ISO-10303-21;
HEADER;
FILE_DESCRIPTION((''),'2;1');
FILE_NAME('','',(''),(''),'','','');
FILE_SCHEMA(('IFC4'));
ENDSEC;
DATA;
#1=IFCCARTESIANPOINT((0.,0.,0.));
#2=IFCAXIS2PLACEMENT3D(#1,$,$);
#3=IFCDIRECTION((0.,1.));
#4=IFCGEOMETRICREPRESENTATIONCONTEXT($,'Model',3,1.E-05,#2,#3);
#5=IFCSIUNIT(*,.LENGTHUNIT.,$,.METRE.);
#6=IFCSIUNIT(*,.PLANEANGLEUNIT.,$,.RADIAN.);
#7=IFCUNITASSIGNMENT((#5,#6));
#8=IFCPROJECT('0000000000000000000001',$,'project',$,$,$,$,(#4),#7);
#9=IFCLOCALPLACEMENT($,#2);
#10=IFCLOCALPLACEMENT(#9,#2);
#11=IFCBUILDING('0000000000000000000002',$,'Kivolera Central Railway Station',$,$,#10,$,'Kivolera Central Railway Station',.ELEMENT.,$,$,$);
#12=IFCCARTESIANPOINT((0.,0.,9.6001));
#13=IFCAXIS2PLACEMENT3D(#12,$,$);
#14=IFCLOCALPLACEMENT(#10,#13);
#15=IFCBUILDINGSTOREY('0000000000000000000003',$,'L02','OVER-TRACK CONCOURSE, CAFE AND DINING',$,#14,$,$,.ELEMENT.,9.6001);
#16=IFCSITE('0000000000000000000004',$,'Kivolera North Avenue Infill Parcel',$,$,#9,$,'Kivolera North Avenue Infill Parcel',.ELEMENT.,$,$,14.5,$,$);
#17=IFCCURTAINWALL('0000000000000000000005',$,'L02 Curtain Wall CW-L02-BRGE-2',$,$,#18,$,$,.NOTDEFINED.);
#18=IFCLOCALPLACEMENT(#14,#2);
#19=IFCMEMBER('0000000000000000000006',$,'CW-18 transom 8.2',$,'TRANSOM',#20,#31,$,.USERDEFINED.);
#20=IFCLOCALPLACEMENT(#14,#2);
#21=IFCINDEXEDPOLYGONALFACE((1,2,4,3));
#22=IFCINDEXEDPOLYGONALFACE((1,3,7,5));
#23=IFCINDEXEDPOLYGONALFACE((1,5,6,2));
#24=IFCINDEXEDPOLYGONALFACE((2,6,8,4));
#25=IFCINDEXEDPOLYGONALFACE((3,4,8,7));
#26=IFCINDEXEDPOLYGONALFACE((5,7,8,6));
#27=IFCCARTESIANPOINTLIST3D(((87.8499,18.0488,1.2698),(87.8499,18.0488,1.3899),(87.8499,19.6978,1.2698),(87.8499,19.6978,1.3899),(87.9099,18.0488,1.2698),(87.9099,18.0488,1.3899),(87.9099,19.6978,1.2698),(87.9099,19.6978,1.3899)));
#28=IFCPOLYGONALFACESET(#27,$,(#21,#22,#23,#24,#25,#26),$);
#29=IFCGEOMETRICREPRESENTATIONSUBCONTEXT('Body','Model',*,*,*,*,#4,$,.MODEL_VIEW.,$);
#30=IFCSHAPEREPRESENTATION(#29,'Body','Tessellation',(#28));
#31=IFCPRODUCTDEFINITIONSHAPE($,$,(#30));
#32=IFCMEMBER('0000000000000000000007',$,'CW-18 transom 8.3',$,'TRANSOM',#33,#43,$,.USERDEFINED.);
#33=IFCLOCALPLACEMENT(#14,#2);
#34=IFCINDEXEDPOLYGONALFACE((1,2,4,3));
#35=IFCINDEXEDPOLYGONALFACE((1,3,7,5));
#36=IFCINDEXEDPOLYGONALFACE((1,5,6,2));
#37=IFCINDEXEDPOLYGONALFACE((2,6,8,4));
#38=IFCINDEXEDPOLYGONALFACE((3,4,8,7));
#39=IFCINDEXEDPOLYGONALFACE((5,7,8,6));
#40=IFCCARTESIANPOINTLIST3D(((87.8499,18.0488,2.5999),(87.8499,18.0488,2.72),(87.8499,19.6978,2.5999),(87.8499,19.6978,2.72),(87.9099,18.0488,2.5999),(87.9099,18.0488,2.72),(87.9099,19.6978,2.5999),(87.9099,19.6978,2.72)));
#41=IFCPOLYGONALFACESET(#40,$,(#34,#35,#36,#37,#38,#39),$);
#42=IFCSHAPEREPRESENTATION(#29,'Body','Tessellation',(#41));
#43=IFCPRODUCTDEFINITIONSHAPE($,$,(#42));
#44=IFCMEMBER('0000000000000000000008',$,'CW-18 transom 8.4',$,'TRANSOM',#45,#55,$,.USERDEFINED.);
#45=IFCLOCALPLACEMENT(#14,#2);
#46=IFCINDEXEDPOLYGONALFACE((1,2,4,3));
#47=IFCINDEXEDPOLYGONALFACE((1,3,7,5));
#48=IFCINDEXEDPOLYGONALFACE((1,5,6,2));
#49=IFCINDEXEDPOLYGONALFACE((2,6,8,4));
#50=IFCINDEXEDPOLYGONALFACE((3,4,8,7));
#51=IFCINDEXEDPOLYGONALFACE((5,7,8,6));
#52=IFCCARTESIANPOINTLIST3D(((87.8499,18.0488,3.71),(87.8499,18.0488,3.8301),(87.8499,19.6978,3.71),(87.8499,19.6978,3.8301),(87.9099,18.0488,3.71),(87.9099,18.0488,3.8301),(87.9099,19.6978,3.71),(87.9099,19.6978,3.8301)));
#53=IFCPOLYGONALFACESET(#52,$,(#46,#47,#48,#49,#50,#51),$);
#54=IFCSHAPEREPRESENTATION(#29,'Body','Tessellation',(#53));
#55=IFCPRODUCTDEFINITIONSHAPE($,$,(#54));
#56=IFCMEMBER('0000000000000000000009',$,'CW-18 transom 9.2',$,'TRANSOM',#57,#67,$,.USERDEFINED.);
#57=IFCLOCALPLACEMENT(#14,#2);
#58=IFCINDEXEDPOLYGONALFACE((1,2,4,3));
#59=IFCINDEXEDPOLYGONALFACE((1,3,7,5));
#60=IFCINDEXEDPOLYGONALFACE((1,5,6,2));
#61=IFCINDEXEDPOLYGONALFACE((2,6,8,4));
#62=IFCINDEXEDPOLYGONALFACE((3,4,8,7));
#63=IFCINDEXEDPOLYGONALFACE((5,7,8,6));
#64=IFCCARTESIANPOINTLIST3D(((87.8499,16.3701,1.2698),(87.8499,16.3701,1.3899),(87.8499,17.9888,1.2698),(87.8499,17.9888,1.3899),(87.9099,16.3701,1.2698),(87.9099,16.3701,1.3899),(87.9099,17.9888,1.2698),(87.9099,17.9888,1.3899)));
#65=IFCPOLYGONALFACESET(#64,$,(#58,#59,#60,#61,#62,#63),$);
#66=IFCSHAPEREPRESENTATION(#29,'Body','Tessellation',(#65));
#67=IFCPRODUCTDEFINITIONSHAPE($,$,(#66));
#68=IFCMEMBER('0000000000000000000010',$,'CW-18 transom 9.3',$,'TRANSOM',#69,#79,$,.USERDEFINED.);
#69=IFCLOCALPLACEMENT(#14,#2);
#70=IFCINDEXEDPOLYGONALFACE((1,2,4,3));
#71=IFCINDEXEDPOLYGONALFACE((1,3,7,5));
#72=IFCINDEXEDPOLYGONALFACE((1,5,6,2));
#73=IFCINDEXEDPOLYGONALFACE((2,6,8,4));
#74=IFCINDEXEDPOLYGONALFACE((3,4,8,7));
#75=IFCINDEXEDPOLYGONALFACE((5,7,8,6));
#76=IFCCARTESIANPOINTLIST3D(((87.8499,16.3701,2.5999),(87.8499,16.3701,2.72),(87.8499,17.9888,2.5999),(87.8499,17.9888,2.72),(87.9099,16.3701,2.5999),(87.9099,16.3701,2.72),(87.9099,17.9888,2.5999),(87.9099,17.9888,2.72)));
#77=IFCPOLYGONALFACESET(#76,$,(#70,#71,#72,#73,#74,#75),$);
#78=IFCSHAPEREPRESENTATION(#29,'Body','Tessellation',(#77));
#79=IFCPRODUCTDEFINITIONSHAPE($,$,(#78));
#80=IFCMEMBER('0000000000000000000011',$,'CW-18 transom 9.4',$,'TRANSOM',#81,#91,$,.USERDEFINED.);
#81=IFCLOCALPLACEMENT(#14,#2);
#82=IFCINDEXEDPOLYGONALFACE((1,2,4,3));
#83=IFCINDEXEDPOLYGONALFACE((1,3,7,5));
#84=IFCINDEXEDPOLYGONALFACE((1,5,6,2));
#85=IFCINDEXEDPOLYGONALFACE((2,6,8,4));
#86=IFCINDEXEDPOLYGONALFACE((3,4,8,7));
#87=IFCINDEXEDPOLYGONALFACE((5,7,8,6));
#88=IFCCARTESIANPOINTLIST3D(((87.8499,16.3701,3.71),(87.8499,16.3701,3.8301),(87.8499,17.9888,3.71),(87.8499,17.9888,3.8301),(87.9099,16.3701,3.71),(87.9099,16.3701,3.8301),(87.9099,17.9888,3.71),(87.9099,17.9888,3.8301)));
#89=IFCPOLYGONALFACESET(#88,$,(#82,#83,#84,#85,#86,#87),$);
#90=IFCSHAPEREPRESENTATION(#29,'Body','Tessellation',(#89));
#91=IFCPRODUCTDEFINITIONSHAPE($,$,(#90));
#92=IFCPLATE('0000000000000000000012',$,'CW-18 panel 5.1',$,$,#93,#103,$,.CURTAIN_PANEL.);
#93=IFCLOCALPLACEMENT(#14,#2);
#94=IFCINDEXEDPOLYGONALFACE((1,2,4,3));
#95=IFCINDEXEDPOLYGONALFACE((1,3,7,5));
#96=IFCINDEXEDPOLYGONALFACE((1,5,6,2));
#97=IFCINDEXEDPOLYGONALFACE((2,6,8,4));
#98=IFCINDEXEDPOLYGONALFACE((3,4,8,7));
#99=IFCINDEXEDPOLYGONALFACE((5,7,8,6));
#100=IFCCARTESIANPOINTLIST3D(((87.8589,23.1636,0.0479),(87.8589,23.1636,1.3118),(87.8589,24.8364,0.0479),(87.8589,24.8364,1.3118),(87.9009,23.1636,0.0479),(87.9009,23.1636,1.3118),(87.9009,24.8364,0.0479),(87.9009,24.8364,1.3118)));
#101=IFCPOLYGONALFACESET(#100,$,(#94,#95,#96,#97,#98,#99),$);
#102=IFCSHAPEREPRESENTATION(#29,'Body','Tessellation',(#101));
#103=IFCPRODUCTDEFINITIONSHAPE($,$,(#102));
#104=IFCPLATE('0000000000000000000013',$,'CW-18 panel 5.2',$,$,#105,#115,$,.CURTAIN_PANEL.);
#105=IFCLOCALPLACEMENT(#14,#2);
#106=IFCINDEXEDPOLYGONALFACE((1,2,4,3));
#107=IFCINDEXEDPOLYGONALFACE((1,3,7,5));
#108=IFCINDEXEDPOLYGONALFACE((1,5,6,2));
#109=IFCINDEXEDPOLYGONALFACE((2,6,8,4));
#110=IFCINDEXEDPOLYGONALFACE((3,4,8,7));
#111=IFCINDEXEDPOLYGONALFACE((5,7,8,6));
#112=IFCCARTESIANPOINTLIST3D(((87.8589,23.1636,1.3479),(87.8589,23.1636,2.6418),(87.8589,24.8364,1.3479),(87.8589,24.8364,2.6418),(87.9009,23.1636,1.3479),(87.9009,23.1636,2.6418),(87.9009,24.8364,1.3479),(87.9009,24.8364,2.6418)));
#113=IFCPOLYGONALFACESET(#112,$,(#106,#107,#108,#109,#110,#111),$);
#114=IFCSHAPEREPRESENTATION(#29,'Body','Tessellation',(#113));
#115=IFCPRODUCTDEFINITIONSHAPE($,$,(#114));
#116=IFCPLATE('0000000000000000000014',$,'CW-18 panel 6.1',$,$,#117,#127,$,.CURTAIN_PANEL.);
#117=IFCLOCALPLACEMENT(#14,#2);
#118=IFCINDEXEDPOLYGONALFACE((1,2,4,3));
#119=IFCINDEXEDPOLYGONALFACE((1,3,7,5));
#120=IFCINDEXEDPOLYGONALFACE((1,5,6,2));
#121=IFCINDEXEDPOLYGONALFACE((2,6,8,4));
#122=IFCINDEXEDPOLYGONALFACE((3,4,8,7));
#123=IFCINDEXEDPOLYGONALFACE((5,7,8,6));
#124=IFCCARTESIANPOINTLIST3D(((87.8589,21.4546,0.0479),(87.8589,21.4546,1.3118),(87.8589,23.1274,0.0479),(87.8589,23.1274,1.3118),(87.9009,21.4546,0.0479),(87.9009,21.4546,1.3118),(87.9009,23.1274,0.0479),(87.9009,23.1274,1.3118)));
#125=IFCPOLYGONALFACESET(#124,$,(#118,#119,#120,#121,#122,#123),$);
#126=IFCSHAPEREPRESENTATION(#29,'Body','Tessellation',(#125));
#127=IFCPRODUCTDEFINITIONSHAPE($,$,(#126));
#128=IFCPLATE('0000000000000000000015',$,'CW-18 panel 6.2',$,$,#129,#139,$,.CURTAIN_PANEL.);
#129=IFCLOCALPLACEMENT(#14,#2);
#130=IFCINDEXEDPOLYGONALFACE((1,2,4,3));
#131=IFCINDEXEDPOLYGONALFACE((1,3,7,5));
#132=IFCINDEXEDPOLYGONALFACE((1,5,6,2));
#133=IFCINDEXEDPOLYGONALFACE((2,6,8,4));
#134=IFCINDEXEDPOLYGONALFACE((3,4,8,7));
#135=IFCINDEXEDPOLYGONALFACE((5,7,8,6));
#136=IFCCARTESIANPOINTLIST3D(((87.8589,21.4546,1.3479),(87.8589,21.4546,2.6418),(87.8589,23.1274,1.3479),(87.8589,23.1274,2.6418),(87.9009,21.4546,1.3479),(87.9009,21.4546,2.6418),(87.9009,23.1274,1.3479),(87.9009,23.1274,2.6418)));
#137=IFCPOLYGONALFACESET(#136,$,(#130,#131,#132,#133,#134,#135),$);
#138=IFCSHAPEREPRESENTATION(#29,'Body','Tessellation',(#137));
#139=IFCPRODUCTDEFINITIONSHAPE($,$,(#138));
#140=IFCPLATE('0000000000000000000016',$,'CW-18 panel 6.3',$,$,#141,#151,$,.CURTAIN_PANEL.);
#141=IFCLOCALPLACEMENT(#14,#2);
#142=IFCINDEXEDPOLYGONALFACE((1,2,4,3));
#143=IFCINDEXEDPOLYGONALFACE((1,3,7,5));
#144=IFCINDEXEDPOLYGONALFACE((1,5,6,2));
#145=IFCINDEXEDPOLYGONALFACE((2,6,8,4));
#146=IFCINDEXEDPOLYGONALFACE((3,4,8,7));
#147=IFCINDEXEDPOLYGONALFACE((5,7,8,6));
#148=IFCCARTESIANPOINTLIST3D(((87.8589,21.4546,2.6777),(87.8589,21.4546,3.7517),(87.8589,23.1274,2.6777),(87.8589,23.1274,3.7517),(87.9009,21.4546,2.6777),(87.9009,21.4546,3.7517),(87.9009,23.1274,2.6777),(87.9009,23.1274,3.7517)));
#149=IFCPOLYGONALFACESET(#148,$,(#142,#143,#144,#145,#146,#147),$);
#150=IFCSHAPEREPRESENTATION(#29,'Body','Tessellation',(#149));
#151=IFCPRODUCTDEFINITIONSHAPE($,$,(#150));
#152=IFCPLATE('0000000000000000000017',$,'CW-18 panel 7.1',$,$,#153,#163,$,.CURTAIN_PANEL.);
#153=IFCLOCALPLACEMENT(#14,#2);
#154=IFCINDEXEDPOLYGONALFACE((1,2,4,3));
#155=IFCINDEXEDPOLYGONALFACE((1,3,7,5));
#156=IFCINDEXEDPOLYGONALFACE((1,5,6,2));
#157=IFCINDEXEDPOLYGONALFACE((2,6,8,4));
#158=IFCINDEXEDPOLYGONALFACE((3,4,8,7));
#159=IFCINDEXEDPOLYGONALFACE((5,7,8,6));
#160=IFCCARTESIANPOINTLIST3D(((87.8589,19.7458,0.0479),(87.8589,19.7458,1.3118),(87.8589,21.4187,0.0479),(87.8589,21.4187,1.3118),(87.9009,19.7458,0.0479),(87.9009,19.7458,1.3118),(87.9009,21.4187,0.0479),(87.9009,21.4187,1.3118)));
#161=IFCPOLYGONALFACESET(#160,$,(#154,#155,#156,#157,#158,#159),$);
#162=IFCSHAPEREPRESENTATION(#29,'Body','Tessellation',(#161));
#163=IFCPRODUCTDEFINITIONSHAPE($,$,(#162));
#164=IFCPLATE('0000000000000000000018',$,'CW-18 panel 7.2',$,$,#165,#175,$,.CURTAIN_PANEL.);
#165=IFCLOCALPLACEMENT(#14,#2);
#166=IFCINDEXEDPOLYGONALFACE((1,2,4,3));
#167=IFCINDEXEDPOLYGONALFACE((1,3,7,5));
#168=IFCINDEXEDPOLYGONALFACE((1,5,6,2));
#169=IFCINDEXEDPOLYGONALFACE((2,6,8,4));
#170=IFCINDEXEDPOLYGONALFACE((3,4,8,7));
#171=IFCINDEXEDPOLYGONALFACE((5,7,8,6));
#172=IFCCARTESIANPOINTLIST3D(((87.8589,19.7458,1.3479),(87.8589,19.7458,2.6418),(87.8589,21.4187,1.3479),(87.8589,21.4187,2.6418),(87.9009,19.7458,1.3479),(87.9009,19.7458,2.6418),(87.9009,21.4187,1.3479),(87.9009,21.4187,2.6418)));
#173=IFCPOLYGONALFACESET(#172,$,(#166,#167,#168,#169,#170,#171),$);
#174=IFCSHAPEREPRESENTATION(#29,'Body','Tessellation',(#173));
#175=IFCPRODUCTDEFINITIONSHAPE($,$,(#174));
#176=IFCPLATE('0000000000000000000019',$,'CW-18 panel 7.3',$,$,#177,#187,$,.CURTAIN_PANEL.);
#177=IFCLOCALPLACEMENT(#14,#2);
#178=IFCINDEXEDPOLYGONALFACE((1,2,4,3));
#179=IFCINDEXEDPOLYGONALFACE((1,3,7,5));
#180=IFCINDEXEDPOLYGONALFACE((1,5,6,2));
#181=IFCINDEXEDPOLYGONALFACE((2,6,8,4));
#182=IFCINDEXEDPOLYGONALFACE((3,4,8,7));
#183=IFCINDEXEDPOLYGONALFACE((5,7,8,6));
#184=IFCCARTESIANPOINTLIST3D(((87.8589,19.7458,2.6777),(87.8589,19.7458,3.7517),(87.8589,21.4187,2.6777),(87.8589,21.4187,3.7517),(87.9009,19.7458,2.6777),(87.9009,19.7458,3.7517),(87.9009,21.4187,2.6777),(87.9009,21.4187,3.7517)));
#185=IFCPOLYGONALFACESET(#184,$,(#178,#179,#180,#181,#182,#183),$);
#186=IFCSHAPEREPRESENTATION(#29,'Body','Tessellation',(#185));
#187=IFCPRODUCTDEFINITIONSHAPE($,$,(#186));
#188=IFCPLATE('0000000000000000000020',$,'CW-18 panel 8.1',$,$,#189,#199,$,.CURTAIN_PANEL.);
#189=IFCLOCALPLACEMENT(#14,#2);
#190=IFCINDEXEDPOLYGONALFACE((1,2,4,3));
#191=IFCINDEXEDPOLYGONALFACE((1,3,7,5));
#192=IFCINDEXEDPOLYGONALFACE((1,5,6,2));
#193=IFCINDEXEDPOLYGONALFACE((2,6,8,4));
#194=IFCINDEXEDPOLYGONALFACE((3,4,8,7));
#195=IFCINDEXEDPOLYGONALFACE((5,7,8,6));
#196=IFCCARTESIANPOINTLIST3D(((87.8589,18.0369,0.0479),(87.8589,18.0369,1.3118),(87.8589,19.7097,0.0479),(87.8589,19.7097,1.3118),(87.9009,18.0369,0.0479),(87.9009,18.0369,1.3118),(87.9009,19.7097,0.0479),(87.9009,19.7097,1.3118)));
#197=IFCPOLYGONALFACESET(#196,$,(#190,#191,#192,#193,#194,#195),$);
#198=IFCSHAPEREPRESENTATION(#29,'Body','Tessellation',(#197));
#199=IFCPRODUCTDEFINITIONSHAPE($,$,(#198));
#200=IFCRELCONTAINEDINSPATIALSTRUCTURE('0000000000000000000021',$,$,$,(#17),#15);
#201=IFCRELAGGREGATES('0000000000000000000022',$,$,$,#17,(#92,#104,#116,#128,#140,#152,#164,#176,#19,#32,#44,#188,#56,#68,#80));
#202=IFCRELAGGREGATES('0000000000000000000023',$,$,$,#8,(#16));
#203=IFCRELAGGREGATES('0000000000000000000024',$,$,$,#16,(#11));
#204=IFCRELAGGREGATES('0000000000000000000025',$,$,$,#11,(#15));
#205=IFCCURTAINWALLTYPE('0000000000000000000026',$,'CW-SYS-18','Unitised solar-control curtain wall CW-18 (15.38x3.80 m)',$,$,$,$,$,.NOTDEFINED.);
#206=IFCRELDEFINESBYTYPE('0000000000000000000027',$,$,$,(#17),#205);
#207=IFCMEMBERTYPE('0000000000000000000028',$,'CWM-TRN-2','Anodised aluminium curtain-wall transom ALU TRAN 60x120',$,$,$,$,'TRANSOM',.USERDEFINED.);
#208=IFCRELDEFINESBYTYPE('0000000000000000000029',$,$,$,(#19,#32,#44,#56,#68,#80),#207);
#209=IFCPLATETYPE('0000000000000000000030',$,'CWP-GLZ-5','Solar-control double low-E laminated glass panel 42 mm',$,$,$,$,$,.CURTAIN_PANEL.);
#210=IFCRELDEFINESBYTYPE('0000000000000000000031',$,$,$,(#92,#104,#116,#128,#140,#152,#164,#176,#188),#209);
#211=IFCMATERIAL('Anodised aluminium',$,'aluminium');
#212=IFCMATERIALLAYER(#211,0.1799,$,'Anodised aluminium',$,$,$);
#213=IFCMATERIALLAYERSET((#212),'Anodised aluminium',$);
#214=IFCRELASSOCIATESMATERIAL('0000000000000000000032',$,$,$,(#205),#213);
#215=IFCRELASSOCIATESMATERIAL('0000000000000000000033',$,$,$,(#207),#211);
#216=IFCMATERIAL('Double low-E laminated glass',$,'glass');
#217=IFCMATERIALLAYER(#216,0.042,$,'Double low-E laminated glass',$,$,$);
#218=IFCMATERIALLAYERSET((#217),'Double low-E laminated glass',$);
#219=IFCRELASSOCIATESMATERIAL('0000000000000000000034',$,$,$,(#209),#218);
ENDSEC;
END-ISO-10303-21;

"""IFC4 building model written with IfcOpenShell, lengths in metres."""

from ifc_helpers import new_model, si_unit, direction, frame, origin, origin_2d, place, context, subcontext, project, spatial, rectangle, extrude, material, layer, layer_set, material_profile, profile_set, type_object, element, aggregate, save


model = new_model("IFC4")

# Units and contexts
model_context = context("Model", 3, precision=1e-05, world=origin(), true_north=direction((0.0, 1.0)))
body_context = subcontext(model_context, "Body", "Model", "MODEL_VIEW")
ifc_project = project(units=[si_unit("LENGTHUNIT", "METRE"), si_unit("PLANEANGLEUNIT", "RADIAN")], contexts=[model_context])

# Site, building, storey
site_placement = place(None, origin())
site = spatial("IfcSite", under=ifc_project, at=site_placement, Name="Kivolera North Avenue Infill Parcel", LongName="Kivolera North Avenue Infill Parcel", CompositionType="ELEMENT", RefElevation=14.5)
building_placement = place(site_placement, origin())
building = spatial("IfcBuilding", under=site, at=building_placement, Name="Kivolera Central Railway Station", LongName="Kivolera Central Railway Station", CompositionType="ELEMENT")
storey_placement = place(building_placement, frame((0.0, 0.0, 9.6001)))
storey = spatial("IfcBuildingStorey", under=building, at=storey_placement, Name="L02", Description="OVER-TRACK CONCOURSE, CAFE AND DINING", CompositionType="ELEMENT", Elevation=9.6001)

# Curtain wall, members, plates
ifc_material_1 = material(Name="Anodised aluminium", Category="aluminium")
ifc_layer_1 = layer(ifc_material_1, 0.1799, Name="Anodised aluminium")
ifc_layer_set_1 = layer_set([ifc_layer_1], Name="Anodised aluminium")
curtain_wall_type = type_object("IfcCurtainWallType", Name="CW-SYS-18", Description="Unitised solar-control curtain wall CW-18 (15.38x3.80 m)", PredefinedType="NOTDEFINED", material=ifc_layer_set_1)
curtain_wall_placement = place(storey_placement, origin())
curtain_wall = element("IfcCurtainWall", 1, at=curtain_wall_placement, inside=storey, type_object=curtain_wall_type, Name="L02 Curtain Wall CW-L02-BRGE-2", PredefinedType="NOTDEFINED")
ifc_material_profile_1 = material_profile(ifc_material_1, rectangle(XDim=0.0601, YDim=0.1201, at=origin_2d()), Name="ALU TRAN 60x120")
ifc_profile_set_1 = profile_set([ifc_material_profile_1], Name="Anodised aluminium")
member_type_1 = type_object("IfcMemberType", Name="CWM-TRN-2", Description="Anodised aluminium curtain-wall transom ALU TRAN 60x120", ElementType="TRANSOM", PredefinedType="USERDEFINED", material=ifc_profile_set_1)
member_1_placement = place(storey_placement, frame((87.8799, 19.6978, 1.3298), z_axis=(0.0, -1.0, 0.0), x_axis=(1.0, 0.0, 0.0)))
member_1 = element("IfcMember", 2, at=member_1_placement, type_object=member_type_1, Name="CW-18 transom 8.2", ObjectType="TRANSOM", PredefinedType="USERDEFINED", context=body_context, shape_type="SweptSolid", body=[
    extrude(rectangle(XDim=0.0601, YDim=0.1201, at=origin_2d()), origin(), (0.0, 0.0, 1.0), 1.6489),
])
member_2_placement = place(storey_placement, frame((87.8799, 19.6978, 2.6599), z_axis=(0.0, -1.0, 0.0), x_axis=(1.0, 0.0, 0.0)))
member_2 = element("IfcMember", 3, at=member_2_placement, type_object=member_type_1, Name="CW-18 transom 8.3", ObjectType="TRANSOM", PredefinedType="USERDEFINED", context=body_context, shape_type="SweptSolid", body=[
    extrude(rectangle(XDim=0.0601, YDim=0.1201, at=origin_2d()), origin(), (0.0, 0.0, 1.0), 1.6489),
])
member_3_placement = place(storey_placement, frame((87.8799, 19.6978, 3.77), z_axis=(0.0, -1.0, 0.0), x_axis=(1.0, 0.0, 0.0)))
member_3 = element("IfcMember", 4, at=member_3_placement, type_object=member_type_1, Name="CW-18 transom 8.4", ObjectType="TRANSOM", PredefinedType="USERDEFINED", context=body_context, shape_type="SweptSolid", body=[
    extrude(rectangle(XDim=0.0601, YDim=0.1201, at=origin_2d()), origin(), (0.0, 0.0, 1.0), 1.6489),
])
member_4_placement = place(storey_placement, frame((87.8799, 17.9888, 1.3298), z_axis=(0.0, -1.0, 0.0), x_axis=(1.0, 0.0, 0.0)))
member_4 = element("IfcMember", 5, at=member_4_placement, type_object=member_type_1, Name="CW-18 transom 9.2", ObjectType="TRANSOM", PredefinedType="USERDEFINED", context=body_context, shape_type="SweptSolid", body=[
    extrude(rectangle(XDim=0.0601, YDim=0.1201, at=origin_2d()), origin(), (0.0, 0.0, 1.0), 1.6187),
])
member_5_placement = place(storey_placement, frame((87.8799, 17.9888, 2.6599), z_axis=(0.0, -1.0, 0.0), x_axis=(1.0, 0.0, 0.0)))
member_5 = element("IfcMember", 6, at=member_5_placement, type_object=member_type_1, Name="CW-18 transom 9.3", ObjectType="TRANSOM", PredefinedType="USERDEFINED", context=body_context, shape_type="SweptSolid", body=[
    extrude(rectangle(XDim=0.0601, YDim=0.1201, at=origin_2d()), origin(), (0.0, 0.0, 1.0), 1.6187),
])
member_6_placement = place(storey_placement, frame((87.8799, 17.9888, 3.77), z_axis=(0.0, -1.0, 0.0), x_axis=(1.0, 0.0, 0.0)))
member_6 = element("IfcMember", 7, at=member_6_placement, type_object=member_type_1, Name="CW-18 transom 9.4", ObjectType="TRANSOM", PredefinedType="USERDEFINED", context=body_context, shape_type="SweptSolid", body=[
    extrude(rectangle(XDim=0.0601, YDim=0.1201, at=origin_2d()), origin(), (0.0, 0.0, 1.0), 1.6187),
])
ifc_material_2 = material(Name="Double low-E laminated glass", Category="glass")
ifc_layer_2 = layer(ifc_material_2, 0.042, Name="Double low-E laminated glass")
ifc_layer_set_2 = layer_set([ifc_layer_2], Name="Double low-E laminated glass")
plate_type_1 = type_object("IfcPlateType", Name="CWP-GLZ-5", Description="Solar-control double low-E laminated glass panel 42 mm", PredefinedType="CURTAIN_PANEL", material=ifc_layer_set_2)
plate_1_placement = place(storey_placement, frame((87.8799, 24.0, 0.0479), z_axis=(0.0, 0.0, 1.0), x_axis=(0.0, -1.0, 0.0)))
plate_1 = element("IfcPlate", 8, at=plate_1_placement, type_object=plate_type_1, Name="CW-18 panel 5.1", PredefinedType="CURTAIN_PANEL", context=body_context, shape_type="SweptSolid", body=[
    extrude(rectangle(XDim=1.6729, YDim=0.042, at=origin_2d()), origin(), (0.0, 0.0, 1.0), 1.2639),
])
plate_2_placement = place(storey_placement, frame((87.8799, 24.0, 1.3479), z_axis=(0.0, 0.0, 1.0), x_axis=(0.0, -1.0, 0.0)))
plate_2 = element("IfcPlate", 9, at=plate_2_placement, type_object=plate_type_1, Name="CW-18 panel 5.2", PredefinedType="CURTAIN_PANEL", context=body_context, shape_type="SweptSolid", body=[
    extrude(rectangle(XDim=1.6729, YDim=0.042, at=origin_2d()), origin(), (0.0, 0.0, 1.0), 1.2939),
])
plate_3_placement = place(storey_placement, frame((87.8799, 22.291, 0.0479), z_axis=(0.0, 0.0, 1.0), x_axis=(0.0, -1.0, 0.0)))
plate_3 = element("IfcPlate", 10, at=plate_3_placement, type_object=plate_type_1, Name="CW-18 panel 6.1", PredefinedType="CURTAIN_PANEL", context=body_context, shape_type="SweptSolid", body=[
    extrude(rectangle(XDim=1.6729, YDim=0.042, at=origin_2d()), origin(), (0.0, 0.0, 1.0), 1.2639),
])
plate_4_placement = place(storey_placement, frame((87.8799, 22.291, 1.3479), z_axis=(0.0, 0.0, 1.0), x_axis=(0.0, -1.0, 0.0)))
plate_4 = element("IfcPlate", 11, at=plate_4_placement, type_object=plate_type_1, Name="CW-18 panel 6.2", PredefinedType="CURTAIN_PANEL", context=body_context, shape_type="SweptSolid", body=[
    extrude(rectangle(XDim=1.6729, YDim=0.042, at=origin_2d()), origin(), (0.0, 0.0, 1.0), 1.2939),
])
plate_5_placement = place(storey_placement, frame((87.8799, 22.291, 2.6777), z_axis=(0.0, 0.0, 1.0), x_axis=(0.0, -1.0, 0.0)))
plate_5 = element("IfcPlate", 12, at=plate_5_placement, type_object=plate_type_1, Name="CW-18 panel 6.3", PredefinedType="CURTAIN_PANEL", context=body_context, shape_type="SweptSolid", body=[
    extrude(rectangle(XDim=1.6729, YDim=0.042, at=origin_2d()), origin(), (0.0, 0.0, 1.0), 1.074),
])
plate_6_placement = place(storey_placement, frame((87.8799, 20.5823, 0.0479), z_axis=(0.0, 0.0, 1.0), x_axis=(0.0, -1.0, 0.0)))
plate_6 = element("IfcPlate", 13, at=plate_6_placement, type_object=plate_type_1, Name="CW-18 panel 7.1", PredefinedType="CURTAIN_PANEL", context=body_context, shape_type="SweptSolid", body=[
    extrude(rectangle(XDim=1.6729, YDim=0.042, at=origin_2d()), origin(), (0.0, 0.0, 1.0), 1.2639),
])
plate_7_placement = place(storey_placement, frame((87.8799, 20.5823, 1.3479), z_axis=(0.0, 0.0, 1.0), x_axis=(0.0, -1.0, 0.0)))
plate_7 = element("IfcPlate", 14, at=plate_7_placement, type_object=plate_type_1, Name="CW-18 panel 7.2", PredefinedType="CURTAIN_PANEL", context=body_context, shape_type="SweptSolid", body=[
    extrude(rectangle(XDim=1.6729, YDim=0.042, at=origin_2d()), origin(), (0.0, 0.0, 1.0), 1.2939),
])
plate_8_placement = place(storey_placement, frame((87.8799, 20.5823, 2.6777), z_axis=(0.0, 0.0, 1.0), x_axis=(0.0, -1.0, 0.0)))
plate_8 = element("IfcPlate", 15, at=plate_8_placement, type_object=plate_type_1, Name="CW-18 panel 7.3", PredefinedType="CURTAIN_PANEL", context=body_context, shape_type="SweptSolid", body=[
    extrude(rectangle(XDim=1.6729, YDim=0.042, at=origin_2d()), origin(), (0.0, 0.0, 1.0), 1.074),
])
plate_9_placement = place(storey_placement, frame((87.8799, 18.8733, 0.0479), z_axis=(0.0, 0.0, 1.0), x_axis=(0.0, -1.0, 0.0)))
plate_9 = element("IfcPlate", 16, at=plate_9_placement, type_object=plate_type_1, Name="CW-18 panel 8.1", PredefinedType="CURTAIN_PANEL", context=body_context, shape_type="SweptSolid", body=[
    extrude(rectangle(XDim=1.6729, YDim=0.042, at=origin_2d()), origin(), (0.0, 0.0, 1.0), 1.2639),
])
aggregate(curtain_wall, [plate_1, plate_2, plate_3, plate_4, plate_5, plate_6, plate_7, plate_8, member_1, member_2, member_3, plate_9, member_4, member_5, member_6])

save(model, "model.ifc")
